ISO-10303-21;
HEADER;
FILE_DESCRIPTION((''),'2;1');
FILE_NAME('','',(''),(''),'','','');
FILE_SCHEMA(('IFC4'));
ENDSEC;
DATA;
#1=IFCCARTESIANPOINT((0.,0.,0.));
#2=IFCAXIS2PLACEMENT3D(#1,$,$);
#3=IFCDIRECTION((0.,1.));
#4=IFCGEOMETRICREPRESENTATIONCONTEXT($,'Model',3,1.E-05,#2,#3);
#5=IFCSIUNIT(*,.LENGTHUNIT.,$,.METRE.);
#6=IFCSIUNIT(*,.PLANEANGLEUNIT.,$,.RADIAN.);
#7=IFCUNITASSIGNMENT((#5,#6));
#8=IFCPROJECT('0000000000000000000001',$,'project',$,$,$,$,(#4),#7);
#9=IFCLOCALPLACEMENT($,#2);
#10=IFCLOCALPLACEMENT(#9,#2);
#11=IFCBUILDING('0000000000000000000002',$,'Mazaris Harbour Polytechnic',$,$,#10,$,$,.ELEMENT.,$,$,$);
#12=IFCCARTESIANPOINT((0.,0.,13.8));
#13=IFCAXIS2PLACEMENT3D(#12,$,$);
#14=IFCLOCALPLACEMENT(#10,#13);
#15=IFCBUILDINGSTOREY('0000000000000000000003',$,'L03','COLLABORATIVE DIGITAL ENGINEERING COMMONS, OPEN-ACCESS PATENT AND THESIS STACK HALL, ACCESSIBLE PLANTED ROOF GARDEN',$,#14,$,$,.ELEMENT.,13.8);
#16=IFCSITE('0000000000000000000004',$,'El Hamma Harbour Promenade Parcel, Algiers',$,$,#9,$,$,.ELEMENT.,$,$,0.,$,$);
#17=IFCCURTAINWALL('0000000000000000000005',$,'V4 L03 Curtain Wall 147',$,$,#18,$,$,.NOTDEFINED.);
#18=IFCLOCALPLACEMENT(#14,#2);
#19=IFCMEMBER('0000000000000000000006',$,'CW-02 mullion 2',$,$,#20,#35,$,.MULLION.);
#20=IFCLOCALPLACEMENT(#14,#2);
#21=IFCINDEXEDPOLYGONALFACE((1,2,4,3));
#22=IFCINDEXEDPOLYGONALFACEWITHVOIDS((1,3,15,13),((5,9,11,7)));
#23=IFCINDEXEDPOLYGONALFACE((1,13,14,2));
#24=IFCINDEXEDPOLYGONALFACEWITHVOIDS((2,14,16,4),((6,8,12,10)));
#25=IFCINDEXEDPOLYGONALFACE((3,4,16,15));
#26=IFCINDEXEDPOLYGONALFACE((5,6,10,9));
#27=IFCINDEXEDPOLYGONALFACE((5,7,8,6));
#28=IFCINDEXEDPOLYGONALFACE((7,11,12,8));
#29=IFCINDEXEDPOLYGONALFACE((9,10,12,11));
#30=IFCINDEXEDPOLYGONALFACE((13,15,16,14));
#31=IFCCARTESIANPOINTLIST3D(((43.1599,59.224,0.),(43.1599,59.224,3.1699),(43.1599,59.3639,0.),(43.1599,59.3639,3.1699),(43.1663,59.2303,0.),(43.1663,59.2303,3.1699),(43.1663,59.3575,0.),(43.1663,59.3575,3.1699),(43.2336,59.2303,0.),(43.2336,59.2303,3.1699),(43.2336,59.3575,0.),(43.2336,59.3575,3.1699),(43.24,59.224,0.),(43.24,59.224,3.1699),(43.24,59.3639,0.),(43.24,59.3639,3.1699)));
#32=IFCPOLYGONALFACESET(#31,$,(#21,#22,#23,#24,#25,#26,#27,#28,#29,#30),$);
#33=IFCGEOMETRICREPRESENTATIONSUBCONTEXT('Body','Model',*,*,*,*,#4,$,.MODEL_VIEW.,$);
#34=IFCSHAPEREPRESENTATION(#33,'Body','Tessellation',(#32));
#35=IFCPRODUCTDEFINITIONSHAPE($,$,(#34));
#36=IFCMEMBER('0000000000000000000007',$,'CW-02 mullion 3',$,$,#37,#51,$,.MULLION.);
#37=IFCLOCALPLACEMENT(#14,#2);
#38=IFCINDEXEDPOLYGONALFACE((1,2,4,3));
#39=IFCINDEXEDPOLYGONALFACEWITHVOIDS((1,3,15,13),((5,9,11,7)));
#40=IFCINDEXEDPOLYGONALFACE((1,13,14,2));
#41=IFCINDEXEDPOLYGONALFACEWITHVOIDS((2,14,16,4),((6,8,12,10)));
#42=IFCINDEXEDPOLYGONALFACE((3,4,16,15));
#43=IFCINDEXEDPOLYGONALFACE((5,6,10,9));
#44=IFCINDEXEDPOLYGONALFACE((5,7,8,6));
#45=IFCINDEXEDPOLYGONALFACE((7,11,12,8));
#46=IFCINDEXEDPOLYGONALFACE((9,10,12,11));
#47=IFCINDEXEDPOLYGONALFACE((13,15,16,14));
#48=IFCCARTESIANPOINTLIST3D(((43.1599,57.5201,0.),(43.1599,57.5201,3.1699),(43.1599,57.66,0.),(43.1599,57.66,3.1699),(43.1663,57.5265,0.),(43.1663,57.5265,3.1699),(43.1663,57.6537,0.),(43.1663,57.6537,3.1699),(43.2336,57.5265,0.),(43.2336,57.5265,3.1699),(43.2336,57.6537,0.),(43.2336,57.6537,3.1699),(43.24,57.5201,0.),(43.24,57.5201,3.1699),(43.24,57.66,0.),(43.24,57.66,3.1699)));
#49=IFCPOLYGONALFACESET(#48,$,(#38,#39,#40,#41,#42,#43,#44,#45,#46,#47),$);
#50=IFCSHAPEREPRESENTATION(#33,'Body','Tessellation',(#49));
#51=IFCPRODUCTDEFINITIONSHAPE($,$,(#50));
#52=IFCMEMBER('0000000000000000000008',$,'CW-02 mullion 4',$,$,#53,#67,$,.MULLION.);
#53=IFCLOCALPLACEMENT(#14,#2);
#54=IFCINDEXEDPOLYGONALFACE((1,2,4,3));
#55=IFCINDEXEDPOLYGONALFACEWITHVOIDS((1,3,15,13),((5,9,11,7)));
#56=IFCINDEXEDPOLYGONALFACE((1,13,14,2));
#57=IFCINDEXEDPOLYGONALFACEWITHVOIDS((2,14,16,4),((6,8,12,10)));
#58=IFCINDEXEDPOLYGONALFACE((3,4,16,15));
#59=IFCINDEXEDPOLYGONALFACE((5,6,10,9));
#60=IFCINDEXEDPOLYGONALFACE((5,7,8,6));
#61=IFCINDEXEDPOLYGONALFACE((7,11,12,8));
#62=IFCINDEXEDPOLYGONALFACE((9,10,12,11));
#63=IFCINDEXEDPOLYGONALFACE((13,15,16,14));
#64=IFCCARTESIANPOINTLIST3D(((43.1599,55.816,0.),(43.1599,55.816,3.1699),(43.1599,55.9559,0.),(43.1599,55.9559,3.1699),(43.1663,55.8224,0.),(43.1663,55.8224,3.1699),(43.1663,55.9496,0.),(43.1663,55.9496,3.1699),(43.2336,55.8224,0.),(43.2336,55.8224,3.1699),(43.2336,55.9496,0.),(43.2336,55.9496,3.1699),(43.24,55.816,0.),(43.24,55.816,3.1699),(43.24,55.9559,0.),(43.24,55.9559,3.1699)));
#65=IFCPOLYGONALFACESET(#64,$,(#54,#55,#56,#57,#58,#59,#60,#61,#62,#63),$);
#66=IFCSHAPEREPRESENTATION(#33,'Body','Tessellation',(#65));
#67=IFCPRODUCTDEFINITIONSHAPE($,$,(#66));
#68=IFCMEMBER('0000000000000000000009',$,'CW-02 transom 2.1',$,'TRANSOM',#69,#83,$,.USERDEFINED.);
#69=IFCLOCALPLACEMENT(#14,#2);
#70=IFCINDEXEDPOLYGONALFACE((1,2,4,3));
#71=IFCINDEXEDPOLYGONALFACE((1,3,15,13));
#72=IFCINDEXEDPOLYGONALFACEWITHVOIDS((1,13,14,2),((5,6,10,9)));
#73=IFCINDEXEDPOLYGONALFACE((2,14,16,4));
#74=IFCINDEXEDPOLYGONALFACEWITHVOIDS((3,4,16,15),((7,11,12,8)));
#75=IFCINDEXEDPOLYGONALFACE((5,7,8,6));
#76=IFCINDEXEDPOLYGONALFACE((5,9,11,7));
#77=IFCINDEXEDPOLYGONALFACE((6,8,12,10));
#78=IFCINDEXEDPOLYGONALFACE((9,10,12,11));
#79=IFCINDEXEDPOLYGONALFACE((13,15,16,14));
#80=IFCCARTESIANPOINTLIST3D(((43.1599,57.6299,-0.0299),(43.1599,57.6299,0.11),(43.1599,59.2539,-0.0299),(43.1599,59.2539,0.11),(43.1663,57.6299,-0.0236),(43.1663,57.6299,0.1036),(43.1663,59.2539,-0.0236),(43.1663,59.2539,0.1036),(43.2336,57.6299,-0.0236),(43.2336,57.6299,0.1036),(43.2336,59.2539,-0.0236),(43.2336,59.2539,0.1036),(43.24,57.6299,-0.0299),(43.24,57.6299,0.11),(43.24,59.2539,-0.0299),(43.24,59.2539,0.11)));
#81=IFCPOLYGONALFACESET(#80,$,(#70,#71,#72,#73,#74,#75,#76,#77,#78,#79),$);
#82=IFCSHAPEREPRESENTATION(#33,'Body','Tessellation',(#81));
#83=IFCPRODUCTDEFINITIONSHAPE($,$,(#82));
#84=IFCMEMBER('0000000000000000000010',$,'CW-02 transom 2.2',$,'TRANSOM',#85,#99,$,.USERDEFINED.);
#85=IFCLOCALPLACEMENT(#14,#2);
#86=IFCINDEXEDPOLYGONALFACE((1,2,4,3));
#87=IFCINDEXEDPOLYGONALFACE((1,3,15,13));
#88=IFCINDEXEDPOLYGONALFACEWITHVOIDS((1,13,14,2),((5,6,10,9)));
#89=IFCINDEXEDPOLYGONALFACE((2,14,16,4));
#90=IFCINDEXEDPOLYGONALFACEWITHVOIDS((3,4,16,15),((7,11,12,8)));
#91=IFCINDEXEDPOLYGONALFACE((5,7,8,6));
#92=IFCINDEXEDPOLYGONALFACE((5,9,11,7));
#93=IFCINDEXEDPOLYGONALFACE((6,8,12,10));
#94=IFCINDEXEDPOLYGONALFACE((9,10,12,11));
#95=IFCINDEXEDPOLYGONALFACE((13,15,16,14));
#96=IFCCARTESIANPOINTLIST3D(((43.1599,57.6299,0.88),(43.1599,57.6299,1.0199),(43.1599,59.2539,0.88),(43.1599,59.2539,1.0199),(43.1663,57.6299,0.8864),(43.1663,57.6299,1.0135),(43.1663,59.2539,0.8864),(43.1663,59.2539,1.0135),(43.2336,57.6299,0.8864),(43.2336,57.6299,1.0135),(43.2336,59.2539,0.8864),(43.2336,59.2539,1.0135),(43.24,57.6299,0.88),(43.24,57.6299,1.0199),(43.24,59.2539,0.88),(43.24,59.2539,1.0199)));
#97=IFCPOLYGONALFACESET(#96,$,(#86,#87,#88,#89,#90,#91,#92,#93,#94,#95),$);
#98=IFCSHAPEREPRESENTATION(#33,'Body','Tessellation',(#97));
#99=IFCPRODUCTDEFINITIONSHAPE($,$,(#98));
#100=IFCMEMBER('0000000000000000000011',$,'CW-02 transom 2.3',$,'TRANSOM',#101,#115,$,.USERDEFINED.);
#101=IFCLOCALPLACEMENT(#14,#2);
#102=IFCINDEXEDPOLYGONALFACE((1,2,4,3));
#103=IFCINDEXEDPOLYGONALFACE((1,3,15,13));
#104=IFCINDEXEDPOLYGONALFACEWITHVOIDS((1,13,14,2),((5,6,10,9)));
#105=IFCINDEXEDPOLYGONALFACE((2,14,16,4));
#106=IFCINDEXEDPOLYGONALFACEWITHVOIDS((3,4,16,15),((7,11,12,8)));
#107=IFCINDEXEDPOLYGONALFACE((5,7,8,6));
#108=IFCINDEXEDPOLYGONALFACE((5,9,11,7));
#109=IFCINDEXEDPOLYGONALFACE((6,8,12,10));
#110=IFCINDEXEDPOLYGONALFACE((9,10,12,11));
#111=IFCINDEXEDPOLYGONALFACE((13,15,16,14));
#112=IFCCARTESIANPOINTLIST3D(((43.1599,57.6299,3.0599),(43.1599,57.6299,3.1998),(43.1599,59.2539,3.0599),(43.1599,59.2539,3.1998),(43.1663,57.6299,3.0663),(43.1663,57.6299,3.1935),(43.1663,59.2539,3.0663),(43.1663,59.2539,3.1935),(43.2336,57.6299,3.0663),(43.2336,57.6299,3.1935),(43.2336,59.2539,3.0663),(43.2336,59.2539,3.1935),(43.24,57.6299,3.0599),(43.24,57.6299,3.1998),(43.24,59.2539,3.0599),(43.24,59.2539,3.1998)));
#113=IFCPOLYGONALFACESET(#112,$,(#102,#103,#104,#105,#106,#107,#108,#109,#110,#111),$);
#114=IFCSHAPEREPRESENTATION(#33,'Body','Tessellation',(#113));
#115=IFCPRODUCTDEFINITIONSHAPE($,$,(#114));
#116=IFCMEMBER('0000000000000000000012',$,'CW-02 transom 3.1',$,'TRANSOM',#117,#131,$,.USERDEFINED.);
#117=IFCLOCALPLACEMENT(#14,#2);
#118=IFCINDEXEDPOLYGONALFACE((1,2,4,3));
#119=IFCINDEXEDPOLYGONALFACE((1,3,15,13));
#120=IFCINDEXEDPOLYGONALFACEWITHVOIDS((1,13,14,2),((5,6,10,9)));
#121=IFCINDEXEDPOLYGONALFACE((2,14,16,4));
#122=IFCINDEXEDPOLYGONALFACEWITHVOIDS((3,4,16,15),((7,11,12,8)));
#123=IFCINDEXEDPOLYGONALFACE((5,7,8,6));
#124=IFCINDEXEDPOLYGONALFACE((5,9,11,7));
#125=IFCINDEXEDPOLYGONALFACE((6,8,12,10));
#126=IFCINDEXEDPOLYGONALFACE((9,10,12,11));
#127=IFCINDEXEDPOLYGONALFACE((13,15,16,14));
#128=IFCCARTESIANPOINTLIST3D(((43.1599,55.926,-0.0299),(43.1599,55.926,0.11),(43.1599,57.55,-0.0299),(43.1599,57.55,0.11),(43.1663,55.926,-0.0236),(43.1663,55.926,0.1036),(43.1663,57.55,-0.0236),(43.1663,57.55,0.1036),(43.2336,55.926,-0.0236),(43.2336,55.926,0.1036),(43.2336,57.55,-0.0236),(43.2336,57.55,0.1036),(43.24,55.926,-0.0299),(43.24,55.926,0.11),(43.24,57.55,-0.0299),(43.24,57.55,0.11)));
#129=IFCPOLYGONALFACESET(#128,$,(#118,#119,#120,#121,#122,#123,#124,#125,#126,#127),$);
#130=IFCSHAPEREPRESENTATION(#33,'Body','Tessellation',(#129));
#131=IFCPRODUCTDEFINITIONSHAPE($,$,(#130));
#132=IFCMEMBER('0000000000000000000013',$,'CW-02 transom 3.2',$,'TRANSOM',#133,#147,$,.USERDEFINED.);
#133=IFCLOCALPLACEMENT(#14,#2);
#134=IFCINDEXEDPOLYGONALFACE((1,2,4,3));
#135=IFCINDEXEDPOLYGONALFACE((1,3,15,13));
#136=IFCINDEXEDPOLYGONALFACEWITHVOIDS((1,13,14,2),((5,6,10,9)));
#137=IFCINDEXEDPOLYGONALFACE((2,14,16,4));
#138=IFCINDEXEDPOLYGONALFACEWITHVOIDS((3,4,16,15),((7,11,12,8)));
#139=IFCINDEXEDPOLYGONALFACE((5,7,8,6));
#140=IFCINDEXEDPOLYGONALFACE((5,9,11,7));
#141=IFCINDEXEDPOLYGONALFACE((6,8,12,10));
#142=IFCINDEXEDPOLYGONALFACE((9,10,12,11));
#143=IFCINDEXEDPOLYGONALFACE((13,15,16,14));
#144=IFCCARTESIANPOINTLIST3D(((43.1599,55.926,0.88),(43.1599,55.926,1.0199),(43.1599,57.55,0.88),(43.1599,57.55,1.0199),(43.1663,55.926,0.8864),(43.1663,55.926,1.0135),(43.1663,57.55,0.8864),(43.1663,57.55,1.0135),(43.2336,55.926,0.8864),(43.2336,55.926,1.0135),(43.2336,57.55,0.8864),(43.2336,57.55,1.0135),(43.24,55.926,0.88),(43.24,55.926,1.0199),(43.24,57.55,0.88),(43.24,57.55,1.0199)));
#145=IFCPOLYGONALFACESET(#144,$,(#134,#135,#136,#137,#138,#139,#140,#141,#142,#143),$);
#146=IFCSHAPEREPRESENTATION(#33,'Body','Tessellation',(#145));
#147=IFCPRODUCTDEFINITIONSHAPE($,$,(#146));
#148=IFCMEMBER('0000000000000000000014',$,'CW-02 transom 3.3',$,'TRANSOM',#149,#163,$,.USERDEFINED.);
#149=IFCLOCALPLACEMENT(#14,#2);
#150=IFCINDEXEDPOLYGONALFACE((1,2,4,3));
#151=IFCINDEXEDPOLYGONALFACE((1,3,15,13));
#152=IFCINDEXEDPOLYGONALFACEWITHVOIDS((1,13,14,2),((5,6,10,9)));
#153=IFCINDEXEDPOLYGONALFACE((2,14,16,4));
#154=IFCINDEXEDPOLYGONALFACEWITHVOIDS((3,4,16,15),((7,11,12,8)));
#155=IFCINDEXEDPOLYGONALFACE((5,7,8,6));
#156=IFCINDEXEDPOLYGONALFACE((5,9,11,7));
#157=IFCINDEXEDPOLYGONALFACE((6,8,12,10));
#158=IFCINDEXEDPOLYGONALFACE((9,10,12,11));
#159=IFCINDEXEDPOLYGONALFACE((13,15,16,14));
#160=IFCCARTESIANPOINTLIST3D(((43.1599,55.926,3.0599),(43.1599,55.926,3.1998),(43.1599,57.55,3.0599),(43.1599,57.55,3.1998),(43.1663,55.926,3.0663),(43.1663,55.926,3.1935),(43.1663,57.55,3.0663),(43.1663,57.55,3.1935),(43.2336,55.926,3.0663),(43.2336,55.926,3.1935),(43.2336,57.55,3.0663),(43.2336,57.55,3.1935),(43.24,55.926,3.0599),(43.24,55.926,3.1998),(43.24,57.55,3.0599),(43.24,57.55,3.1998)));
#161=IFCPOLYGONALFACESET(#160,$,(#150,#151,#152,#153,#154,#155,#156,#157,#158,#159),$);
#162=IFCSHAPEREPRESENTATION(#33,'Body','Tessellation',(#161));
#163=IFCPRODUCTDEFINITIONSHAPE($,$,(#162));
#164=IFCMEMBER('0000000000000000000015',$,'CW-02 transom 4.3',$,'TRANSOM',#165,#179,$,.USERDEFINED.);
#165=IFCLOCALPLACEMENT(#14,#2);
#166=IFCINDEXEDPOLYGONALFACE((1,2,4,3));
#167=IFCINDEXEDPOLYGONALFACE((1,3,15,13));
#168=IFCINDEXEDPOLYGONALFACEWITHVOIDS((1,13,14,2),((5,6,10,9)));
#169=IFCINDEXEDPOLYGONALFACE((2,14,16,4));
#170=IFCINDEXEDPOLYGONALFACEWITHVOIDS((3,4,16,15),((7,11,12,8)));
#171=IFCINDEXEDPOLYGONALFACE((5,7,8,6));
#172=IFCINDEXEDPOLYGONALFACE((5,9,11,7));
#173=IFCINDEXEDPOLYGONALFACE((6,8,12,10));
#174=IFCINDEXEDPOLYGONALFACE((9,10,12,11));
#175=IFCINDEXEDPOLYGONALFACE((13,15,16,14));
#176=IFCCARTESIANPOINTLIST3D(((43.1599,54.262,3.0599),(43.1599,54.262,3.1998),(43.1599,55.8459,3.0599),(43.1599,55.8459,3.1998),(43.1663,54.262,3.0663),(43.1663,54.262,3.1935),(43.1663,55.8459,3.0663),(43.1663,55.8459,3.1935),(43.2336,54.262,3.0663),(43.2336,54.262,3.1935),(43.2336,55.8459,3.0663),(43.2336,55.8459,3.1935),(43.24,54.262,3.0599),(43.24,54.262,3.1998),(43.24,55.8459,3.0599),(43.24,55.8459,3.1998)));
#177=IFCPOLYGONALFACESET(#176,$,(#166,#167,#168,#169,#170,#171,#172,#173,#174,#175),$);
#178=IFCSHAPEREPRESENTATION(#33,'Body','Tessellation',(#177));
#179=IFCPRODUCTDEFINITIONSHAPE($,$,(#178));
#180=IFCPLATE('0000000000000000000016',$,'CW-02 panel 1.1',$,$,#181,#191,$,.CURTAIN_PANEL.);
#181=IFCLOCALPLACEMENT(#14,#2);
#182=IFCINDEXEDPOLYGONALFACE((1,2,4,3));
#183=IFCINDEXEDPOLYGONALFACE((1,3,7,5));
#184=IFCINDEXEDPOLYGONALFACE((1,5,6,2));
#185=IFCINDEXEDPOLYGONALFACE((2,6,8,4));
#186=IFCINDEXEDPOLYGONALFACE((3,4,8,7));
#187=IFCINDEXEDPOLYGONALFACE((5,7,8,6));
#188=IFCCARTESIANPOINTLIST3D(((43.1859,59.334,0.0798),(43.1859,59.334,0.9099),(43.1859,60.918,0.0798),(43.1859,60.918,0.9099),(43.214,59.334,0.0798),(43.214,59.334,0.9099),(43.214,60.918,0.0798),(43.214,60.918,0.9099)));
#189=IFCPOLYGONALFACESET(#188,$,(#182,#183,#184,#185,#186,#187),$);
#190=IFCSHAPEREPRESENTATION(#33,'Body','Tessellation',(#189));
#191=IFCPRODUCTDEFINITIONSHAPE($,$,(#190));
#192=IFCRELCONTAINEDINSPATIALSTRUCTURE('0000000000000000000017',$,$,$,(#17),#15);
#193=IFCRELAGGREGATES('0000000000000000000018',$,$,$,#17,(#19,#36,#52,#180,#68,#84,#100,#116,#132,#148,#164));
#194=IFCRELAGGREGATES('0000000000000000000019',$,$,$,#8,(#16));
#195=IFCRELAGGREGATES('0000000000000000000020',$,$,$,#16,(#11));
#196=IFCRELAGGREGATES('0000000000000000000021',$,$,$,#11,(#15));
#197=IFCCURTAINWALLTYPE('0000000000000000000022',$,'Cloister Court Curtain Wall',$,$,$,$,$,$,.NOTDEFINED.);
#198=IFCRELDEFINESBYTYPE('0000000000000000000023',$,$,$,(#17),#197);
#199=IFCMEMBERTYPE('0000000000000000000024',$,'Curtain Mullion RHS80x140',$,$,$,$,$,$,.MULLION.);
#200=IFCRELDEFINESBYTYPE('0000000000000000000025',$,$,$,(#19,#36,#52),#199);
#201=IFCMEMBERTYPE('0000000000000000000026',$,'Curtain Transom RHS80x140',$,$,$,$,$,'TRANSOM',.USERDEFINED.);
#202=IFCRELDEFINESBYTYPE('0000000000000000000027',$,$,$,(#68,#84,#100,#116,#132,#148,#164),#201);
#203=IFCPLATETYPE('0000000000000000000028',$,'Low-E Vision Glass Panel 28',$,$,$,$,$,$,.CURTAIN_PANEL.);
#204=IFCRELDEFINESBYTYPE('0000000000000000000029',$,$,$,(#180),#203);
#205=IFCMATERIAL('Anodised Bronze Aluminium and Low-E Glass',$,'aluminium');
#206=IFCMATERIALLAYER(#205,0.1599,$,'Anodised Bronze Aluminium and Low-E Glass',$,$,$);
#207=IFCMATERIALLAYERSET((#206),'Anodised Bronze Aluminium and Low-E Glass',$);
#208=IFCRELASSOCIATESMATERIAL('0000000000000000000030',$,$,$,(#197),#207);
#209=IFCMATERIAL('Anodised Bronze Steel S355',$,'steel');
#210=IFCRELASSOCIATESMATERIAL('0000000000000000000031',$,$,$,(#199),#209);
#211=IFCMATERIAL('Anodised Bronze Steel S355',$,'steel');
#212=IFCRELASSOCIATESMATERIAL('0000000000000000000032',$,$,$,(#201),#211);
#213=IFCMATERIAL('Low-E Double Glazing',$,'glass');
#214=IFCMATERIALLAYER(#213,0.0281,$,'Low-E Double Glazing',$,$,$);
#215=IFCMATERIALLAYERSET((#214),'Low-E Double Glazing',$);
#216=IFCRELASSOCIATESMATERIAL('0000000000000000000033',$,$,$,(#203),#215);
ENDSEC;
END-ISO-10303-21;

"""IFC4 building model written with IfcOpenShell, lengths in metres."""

from ifc_helpers import new_model, si_unit, direction, frame, origin, origin_2d, place, context, subcontext, project, spatial, rectangle, hollow_rectangle, extrude, material, layer, layer_set, material_profile, profile_set, type_object, element, aggregate, save


model = new_model("IFC4")

# Units and contexts
model_context = context("Model", 3, precision=1e-05, world=origin(), true_north=direction((0.0, 1.0)))
body_context = subcontext(model_context, "Body", "Model", "MODEL_VIEW")
ifc_project = project(units=[si_unit("LENGTHUNIT", "METRE"), si_unit("PLANEANGLEUNIT", "RADIAN")], contexts=[model_context])

# Site, building, storey
site_placement = place(None, origin())
site = spatial("IfcSite", under=ifc_project, at=site_placement, Name="El Hamma Harbour Promenade Parcel, Algiers", CompositionType="ELEMENT", RefElevation=0.0)
building_placement = place(site_placement, origin())
building = spatial("IfcBuilding", under=site, at=building_placement, Name="Mazaris Harbour Polytechnic", CompositionType="ELEMENT")
storey_placement = place(building_placement, frame((0.0, 0.0, 13.8)))
storey = spatial("IfcBuildingStorey", under=building, at=storey_placement, Name="L03", Description="COLLABORATIVE DIGITAL ENGINEERING COMMONS, OPEN-ACCESS PATENT AND THESIS STACK HALL, ACCESSIBLE PLANTED ROOF GARDEN", CompositionType="ELEMENT", Elevation=13.8)

# Curtain wall, members, plate
ifc_material_1 = material(Name="Anodised Bronze Aluminium and Low-E Glass", Category="aluminium")
ifc_layer_1 = layer(ifc_material_1, 0.1599, Name="Anodised Bronze Aluminium and Low-E Glass")
ifc_layer_set_1 = layer_set([ifc_layer_1], Name="Anodised Bronze Aluminium and Low-E Glass")
curtain_wall_type = type_object("IfcCurtainWallType", Name="Cloister Court Curtain Wall", PredefinedType="NOTDEFINED", material=ifc_layer_set_1)
curtain_wall_placement = place(storey_placement, origin())
curtain_wall = element("IfcCurtainWall", 1, at=curtain_wall_placement, inside=storey, type_object=curtain_wall_type, Name="V4 L03 Curtain Wall 147", PredefinedType="NOTDEFINED")
ifc_material_2 = material(Name="Anodised Bronze Steel S355", Category="steel")
ifc_material_profile_1 = material_profile(ifc_material_2, hollow_rectangle(XDim=0.0801, YDim=0.1399, WallThickness=0.0063, at=origin_2d()), Name="RHS 80x140x6.3")
ifc_profile_set_1 = profile_set([ifc_material_profile_1], Name="Anodised Bronze Steel S355")
member_type_1 = type_object("IfcMemberType", Name="Curtain Mullion RHS80x140", PredefinedType="MULLION", material=ifc_profile_set_1)
member_1_placement = place(storey_placement, frame((43.2, 59.2939, 0.0), z_axis=(0.0, 0.0, 1.0), x_axis=(1.0, 0.0, 0.0)))
member_1 = element("IfcMember", 2, at=member_1_placement, type_object=member_type_1, Name="CW-02 mullion 2", PredefinedType="MULLION", context=body_context, shape_type="SweptSolid", body=[
    extrude(hollow_rectangle(XDim=0.0801, YDim=0.1399, WallThickness=0.0063, at=origin_2d()), origin(), (0.0, 0.0, 1.0), 3.1699),
])
member_2_placement = place(storey_placement, frame((43.2, 57.5901, 0.0), z_axis=(0.0, 0.0, 1.0), x_axis=(1.0, 0.0, 0.0)))
member_2 = element("IfcMember", 3, at=member_2_placement, type_object=member_type_1, Name="CW-02 mullion 3", PredefinedType="MULLION", context=body_context, shape_type="SweptSolid", body=[
    extrude(hollow_rectangle(XDim=0.0801, YDim=0.1399, WallThickness=0.0063, at=origin_2d()), origin(), (0.0, 0.0, 1.0), 3.1699),
])
member_3_placement = place(storey_placement, frame((43.2, 55.886, 0.0), z_axis=(0.0, 0.0, 1.0), x_axis=(1.0, 0.0, 0.0)))
member_3 = element("IfcMember", 4, at=member_3_placement, type_object=member_type_1, Name="CW-02 mullion 4", PredefinedType="MULLION", context=body_context, shape_type="SweptSolid", body=[
    extrude(hollow_rectangle(XDim=0.0801, YDim=0.1399, WallThickness=0.0063, at=origin_2d()), origin(), (0.0, 0.0, 1.0), 3.1699),
])
ifc_material_3 = material(Name="Anodised Bronze Steel S355", Category="steel")
ifc_material_profile_2 = material_profile(ifc_material_3, hollow_rectangle(XDim=0.0801, YDim=0.1399, WallThickness=0.0063, at=origin_2d()), Name="RHS 80x140x6.3")
ifc_profile_set_2 = profile_set([ifc_material_profile_2], Name="Anodised Bronze Steel S355")
member_type_2 = type_object("IfcMemberType", Name="Curtain Transom RHS80x140", ElementType="TRANSOM", PredefinedType="USERDEFINED", material=ifc_profile_set_2)
member_4_placement = place(storey_placement, frame((43.2, 59.2539, 0.04), z_axis=(0.0, -1.0, 0.0), x_axis=(1.0, 0.0, 0.0)))
member_4 = element("IfcMember", 5, at=member_4_placement, type_object=member_type_2, Name="CW-02 transom 2.1", ObjectType="TRANSOM", PredefinedType="USERDEFINED", context=body_context, shape_type="SweptSolid", body=[
    extrude(hollow_rectangle(XDim=0.0801, YDim=0.1399, WallThickness=0.0063, at=origin_2d()), origin(), (0.0, 0.0, 1.0), 1.624),
])
member_5_placement = place(storey_placement, frame((43.2, 59.2539, 0.95), z_axis=(0.0, -1.0, 0.0), x_axis=(1.0, 0.0, 0.0)))
member_5 = element("IfcMember", 6, at=member_5_placement, type_object=member_type_2, Name="CW-02 transom 2.2", ObjectType="TRANSOM", PredefinedType="USERDEFINED", context=body_context, shape_type="SweptSolid", body=[
    extrude(hollow_rectangle(XDim=0.0801, YDim=0.1399, WallThickness=0.0063, at=origin_2d()), origin(), (0.0, 0.0, 1.0), 1.624),
])
member_6_placement = place(storey_placement, frame((43.2, 59.2539, 3.1299), z_axis=(0.0, -1.0, 0.0), x_axis=(1.0, 0.0, 0.0)))
member_6 = element("IfcMember", 7, at=member_6_placement, type_object=member_type_2, Name="CW-02 transom 2.3", ObjectType="TRANSOM", PredefinedType="USERDEFINED", context=body_context, shape_type="SweptSolid", body=[
    extrude(hollow_rectangle(XDim=0.0801, YDim=0.1399, WallThickness=0.0063, at=origin_2d()), origin(), (0.0, 0.0, 1.0), 1.624),
])
member_7_placement = place(storey_placement, frame((43.2, 57.55, 0.04), z_axis=(0.0, -1.0, 0.0), x_axis=(1.0, 0.0, 0.0)))
member_7 = element("IfcMember", 8, at=member_7_placement, type_object=member_type_2, Name="CW-02 transom 3.1", ObjectType="TRANSOM", PredefinedType="USERDEFINED", context=body_context, shape_type="SweptSolid", body=[
    extrude(hollow_rectangle(XDim=0.0801, YDim=0.1399, WallThickness=0.0063, at=origin_2d()), origin(), (0.0, 0.0, 1.0), 1.624),
])
member_8_placement = place(storey_placement, frame((43.2, 57.55, 0.95), z_axis=(0.0, -1.0, 0.0), x_axis=(1.0, 0.0, 0.0)))
member_8 = element("IfcMember", 9, at=member_8_placement, type_object=member_type_2, Name="CW-02 transom 3.2", ObjectType="TRANSOM", PredefinedType="USERDEFINED", context=body_context, shape_type="SweptSolid", body=[
    extrude(hollow_rectangle(XDim=0.0801, YDim=0.1399, WallThickness=0.0063, at=origin_2d()), origin(), (0.0, 0.0, 1.0), 1.624),
])
member_9_placement = place(storey_placement, frame((43.2, 57.55, 3.1299), z_axis=(0.0, -1.0, 0.0), x_axis=(1.0, 0.0, 0.0)))
member_9 = element("IfcMember", 10, at=member_9_placement, type_object=member_type_2, Name="CW-02 transom 3.3", ObjectType="TRANSOM", PredefinedType="USERDEFINED", context=body_context, shape_type="SweptSolid", body=[
    extrude(hollow_rectangle(XDim=0.0801, YDim=0.1399, WallThickness=0.0063, at=origin_2d()), origin(), (0.0, 0.0, 1.0), 1.624),
])
member_10_placement = place(storey_placement, frame((43.2, 55.8459, 3.1299), z_axis=(0.0, -1.0, 0.0), x_axis=(1.0, 0.0, 0.0)))
member_10 = element("IfcMember", 11, at=member_10_placement, type_object=member_type_2, Name="CW-02 transom 4.3", ObjectType="TRANSOM", PredefinedType="USERDEFINED", context=body_context, shape_type="SweptSolid", body=[
    extrude(hollow_rectangle(XDim=0.0801, YDim=0.1399, WallThickness=0.0063, at=origin_2d()), origin(), (0.0, 0.0, 1.0), 1.584),
])
ifc_material_4 = material(Name="Low-E Double Glazing", Category="glass")
ifc_layer_2 = layer(ifc_material_4, 0.0281, Name="Low-E Double Glazing")
ifc_layer_set_2 = layer_set([ifc_layer_2], Name="Low-E Double Glazing")
plate_type = type_object("IfcPlateType", Name="Low-E Vision Glass Panel 28", PredefinedType="CURTAIN_PANEL", material=ifc_layer_set_2)
plate_1_placement = place(storey_placement, frame((43.2, 60.126, 0.0798), z_axis=(0.0, 0.0, 1.0), x_axis=(0.0, -1.0, 0.0)))
plate_1 = element("IfcPlate", 12, at=plate_1_placement, type_object=plate_type, Name="CW-02 panel 1.1", PredefinedType="CURTAIN_PANEL", context=body_context, shape_type="SweptSolid", body=[
    extrude(rectangle(XDim=1.584, YDim=0.0281, at=origin_2d()), origin(), (0.0, 0.0, 1.0), 0.8301),
])
aggregate(curtain_wall, [member_1, member_2, member_3, plate_1, member_4, member_5, member_6, member_7, member_8, member_9, member_10])

save(model, "model.ifc")
